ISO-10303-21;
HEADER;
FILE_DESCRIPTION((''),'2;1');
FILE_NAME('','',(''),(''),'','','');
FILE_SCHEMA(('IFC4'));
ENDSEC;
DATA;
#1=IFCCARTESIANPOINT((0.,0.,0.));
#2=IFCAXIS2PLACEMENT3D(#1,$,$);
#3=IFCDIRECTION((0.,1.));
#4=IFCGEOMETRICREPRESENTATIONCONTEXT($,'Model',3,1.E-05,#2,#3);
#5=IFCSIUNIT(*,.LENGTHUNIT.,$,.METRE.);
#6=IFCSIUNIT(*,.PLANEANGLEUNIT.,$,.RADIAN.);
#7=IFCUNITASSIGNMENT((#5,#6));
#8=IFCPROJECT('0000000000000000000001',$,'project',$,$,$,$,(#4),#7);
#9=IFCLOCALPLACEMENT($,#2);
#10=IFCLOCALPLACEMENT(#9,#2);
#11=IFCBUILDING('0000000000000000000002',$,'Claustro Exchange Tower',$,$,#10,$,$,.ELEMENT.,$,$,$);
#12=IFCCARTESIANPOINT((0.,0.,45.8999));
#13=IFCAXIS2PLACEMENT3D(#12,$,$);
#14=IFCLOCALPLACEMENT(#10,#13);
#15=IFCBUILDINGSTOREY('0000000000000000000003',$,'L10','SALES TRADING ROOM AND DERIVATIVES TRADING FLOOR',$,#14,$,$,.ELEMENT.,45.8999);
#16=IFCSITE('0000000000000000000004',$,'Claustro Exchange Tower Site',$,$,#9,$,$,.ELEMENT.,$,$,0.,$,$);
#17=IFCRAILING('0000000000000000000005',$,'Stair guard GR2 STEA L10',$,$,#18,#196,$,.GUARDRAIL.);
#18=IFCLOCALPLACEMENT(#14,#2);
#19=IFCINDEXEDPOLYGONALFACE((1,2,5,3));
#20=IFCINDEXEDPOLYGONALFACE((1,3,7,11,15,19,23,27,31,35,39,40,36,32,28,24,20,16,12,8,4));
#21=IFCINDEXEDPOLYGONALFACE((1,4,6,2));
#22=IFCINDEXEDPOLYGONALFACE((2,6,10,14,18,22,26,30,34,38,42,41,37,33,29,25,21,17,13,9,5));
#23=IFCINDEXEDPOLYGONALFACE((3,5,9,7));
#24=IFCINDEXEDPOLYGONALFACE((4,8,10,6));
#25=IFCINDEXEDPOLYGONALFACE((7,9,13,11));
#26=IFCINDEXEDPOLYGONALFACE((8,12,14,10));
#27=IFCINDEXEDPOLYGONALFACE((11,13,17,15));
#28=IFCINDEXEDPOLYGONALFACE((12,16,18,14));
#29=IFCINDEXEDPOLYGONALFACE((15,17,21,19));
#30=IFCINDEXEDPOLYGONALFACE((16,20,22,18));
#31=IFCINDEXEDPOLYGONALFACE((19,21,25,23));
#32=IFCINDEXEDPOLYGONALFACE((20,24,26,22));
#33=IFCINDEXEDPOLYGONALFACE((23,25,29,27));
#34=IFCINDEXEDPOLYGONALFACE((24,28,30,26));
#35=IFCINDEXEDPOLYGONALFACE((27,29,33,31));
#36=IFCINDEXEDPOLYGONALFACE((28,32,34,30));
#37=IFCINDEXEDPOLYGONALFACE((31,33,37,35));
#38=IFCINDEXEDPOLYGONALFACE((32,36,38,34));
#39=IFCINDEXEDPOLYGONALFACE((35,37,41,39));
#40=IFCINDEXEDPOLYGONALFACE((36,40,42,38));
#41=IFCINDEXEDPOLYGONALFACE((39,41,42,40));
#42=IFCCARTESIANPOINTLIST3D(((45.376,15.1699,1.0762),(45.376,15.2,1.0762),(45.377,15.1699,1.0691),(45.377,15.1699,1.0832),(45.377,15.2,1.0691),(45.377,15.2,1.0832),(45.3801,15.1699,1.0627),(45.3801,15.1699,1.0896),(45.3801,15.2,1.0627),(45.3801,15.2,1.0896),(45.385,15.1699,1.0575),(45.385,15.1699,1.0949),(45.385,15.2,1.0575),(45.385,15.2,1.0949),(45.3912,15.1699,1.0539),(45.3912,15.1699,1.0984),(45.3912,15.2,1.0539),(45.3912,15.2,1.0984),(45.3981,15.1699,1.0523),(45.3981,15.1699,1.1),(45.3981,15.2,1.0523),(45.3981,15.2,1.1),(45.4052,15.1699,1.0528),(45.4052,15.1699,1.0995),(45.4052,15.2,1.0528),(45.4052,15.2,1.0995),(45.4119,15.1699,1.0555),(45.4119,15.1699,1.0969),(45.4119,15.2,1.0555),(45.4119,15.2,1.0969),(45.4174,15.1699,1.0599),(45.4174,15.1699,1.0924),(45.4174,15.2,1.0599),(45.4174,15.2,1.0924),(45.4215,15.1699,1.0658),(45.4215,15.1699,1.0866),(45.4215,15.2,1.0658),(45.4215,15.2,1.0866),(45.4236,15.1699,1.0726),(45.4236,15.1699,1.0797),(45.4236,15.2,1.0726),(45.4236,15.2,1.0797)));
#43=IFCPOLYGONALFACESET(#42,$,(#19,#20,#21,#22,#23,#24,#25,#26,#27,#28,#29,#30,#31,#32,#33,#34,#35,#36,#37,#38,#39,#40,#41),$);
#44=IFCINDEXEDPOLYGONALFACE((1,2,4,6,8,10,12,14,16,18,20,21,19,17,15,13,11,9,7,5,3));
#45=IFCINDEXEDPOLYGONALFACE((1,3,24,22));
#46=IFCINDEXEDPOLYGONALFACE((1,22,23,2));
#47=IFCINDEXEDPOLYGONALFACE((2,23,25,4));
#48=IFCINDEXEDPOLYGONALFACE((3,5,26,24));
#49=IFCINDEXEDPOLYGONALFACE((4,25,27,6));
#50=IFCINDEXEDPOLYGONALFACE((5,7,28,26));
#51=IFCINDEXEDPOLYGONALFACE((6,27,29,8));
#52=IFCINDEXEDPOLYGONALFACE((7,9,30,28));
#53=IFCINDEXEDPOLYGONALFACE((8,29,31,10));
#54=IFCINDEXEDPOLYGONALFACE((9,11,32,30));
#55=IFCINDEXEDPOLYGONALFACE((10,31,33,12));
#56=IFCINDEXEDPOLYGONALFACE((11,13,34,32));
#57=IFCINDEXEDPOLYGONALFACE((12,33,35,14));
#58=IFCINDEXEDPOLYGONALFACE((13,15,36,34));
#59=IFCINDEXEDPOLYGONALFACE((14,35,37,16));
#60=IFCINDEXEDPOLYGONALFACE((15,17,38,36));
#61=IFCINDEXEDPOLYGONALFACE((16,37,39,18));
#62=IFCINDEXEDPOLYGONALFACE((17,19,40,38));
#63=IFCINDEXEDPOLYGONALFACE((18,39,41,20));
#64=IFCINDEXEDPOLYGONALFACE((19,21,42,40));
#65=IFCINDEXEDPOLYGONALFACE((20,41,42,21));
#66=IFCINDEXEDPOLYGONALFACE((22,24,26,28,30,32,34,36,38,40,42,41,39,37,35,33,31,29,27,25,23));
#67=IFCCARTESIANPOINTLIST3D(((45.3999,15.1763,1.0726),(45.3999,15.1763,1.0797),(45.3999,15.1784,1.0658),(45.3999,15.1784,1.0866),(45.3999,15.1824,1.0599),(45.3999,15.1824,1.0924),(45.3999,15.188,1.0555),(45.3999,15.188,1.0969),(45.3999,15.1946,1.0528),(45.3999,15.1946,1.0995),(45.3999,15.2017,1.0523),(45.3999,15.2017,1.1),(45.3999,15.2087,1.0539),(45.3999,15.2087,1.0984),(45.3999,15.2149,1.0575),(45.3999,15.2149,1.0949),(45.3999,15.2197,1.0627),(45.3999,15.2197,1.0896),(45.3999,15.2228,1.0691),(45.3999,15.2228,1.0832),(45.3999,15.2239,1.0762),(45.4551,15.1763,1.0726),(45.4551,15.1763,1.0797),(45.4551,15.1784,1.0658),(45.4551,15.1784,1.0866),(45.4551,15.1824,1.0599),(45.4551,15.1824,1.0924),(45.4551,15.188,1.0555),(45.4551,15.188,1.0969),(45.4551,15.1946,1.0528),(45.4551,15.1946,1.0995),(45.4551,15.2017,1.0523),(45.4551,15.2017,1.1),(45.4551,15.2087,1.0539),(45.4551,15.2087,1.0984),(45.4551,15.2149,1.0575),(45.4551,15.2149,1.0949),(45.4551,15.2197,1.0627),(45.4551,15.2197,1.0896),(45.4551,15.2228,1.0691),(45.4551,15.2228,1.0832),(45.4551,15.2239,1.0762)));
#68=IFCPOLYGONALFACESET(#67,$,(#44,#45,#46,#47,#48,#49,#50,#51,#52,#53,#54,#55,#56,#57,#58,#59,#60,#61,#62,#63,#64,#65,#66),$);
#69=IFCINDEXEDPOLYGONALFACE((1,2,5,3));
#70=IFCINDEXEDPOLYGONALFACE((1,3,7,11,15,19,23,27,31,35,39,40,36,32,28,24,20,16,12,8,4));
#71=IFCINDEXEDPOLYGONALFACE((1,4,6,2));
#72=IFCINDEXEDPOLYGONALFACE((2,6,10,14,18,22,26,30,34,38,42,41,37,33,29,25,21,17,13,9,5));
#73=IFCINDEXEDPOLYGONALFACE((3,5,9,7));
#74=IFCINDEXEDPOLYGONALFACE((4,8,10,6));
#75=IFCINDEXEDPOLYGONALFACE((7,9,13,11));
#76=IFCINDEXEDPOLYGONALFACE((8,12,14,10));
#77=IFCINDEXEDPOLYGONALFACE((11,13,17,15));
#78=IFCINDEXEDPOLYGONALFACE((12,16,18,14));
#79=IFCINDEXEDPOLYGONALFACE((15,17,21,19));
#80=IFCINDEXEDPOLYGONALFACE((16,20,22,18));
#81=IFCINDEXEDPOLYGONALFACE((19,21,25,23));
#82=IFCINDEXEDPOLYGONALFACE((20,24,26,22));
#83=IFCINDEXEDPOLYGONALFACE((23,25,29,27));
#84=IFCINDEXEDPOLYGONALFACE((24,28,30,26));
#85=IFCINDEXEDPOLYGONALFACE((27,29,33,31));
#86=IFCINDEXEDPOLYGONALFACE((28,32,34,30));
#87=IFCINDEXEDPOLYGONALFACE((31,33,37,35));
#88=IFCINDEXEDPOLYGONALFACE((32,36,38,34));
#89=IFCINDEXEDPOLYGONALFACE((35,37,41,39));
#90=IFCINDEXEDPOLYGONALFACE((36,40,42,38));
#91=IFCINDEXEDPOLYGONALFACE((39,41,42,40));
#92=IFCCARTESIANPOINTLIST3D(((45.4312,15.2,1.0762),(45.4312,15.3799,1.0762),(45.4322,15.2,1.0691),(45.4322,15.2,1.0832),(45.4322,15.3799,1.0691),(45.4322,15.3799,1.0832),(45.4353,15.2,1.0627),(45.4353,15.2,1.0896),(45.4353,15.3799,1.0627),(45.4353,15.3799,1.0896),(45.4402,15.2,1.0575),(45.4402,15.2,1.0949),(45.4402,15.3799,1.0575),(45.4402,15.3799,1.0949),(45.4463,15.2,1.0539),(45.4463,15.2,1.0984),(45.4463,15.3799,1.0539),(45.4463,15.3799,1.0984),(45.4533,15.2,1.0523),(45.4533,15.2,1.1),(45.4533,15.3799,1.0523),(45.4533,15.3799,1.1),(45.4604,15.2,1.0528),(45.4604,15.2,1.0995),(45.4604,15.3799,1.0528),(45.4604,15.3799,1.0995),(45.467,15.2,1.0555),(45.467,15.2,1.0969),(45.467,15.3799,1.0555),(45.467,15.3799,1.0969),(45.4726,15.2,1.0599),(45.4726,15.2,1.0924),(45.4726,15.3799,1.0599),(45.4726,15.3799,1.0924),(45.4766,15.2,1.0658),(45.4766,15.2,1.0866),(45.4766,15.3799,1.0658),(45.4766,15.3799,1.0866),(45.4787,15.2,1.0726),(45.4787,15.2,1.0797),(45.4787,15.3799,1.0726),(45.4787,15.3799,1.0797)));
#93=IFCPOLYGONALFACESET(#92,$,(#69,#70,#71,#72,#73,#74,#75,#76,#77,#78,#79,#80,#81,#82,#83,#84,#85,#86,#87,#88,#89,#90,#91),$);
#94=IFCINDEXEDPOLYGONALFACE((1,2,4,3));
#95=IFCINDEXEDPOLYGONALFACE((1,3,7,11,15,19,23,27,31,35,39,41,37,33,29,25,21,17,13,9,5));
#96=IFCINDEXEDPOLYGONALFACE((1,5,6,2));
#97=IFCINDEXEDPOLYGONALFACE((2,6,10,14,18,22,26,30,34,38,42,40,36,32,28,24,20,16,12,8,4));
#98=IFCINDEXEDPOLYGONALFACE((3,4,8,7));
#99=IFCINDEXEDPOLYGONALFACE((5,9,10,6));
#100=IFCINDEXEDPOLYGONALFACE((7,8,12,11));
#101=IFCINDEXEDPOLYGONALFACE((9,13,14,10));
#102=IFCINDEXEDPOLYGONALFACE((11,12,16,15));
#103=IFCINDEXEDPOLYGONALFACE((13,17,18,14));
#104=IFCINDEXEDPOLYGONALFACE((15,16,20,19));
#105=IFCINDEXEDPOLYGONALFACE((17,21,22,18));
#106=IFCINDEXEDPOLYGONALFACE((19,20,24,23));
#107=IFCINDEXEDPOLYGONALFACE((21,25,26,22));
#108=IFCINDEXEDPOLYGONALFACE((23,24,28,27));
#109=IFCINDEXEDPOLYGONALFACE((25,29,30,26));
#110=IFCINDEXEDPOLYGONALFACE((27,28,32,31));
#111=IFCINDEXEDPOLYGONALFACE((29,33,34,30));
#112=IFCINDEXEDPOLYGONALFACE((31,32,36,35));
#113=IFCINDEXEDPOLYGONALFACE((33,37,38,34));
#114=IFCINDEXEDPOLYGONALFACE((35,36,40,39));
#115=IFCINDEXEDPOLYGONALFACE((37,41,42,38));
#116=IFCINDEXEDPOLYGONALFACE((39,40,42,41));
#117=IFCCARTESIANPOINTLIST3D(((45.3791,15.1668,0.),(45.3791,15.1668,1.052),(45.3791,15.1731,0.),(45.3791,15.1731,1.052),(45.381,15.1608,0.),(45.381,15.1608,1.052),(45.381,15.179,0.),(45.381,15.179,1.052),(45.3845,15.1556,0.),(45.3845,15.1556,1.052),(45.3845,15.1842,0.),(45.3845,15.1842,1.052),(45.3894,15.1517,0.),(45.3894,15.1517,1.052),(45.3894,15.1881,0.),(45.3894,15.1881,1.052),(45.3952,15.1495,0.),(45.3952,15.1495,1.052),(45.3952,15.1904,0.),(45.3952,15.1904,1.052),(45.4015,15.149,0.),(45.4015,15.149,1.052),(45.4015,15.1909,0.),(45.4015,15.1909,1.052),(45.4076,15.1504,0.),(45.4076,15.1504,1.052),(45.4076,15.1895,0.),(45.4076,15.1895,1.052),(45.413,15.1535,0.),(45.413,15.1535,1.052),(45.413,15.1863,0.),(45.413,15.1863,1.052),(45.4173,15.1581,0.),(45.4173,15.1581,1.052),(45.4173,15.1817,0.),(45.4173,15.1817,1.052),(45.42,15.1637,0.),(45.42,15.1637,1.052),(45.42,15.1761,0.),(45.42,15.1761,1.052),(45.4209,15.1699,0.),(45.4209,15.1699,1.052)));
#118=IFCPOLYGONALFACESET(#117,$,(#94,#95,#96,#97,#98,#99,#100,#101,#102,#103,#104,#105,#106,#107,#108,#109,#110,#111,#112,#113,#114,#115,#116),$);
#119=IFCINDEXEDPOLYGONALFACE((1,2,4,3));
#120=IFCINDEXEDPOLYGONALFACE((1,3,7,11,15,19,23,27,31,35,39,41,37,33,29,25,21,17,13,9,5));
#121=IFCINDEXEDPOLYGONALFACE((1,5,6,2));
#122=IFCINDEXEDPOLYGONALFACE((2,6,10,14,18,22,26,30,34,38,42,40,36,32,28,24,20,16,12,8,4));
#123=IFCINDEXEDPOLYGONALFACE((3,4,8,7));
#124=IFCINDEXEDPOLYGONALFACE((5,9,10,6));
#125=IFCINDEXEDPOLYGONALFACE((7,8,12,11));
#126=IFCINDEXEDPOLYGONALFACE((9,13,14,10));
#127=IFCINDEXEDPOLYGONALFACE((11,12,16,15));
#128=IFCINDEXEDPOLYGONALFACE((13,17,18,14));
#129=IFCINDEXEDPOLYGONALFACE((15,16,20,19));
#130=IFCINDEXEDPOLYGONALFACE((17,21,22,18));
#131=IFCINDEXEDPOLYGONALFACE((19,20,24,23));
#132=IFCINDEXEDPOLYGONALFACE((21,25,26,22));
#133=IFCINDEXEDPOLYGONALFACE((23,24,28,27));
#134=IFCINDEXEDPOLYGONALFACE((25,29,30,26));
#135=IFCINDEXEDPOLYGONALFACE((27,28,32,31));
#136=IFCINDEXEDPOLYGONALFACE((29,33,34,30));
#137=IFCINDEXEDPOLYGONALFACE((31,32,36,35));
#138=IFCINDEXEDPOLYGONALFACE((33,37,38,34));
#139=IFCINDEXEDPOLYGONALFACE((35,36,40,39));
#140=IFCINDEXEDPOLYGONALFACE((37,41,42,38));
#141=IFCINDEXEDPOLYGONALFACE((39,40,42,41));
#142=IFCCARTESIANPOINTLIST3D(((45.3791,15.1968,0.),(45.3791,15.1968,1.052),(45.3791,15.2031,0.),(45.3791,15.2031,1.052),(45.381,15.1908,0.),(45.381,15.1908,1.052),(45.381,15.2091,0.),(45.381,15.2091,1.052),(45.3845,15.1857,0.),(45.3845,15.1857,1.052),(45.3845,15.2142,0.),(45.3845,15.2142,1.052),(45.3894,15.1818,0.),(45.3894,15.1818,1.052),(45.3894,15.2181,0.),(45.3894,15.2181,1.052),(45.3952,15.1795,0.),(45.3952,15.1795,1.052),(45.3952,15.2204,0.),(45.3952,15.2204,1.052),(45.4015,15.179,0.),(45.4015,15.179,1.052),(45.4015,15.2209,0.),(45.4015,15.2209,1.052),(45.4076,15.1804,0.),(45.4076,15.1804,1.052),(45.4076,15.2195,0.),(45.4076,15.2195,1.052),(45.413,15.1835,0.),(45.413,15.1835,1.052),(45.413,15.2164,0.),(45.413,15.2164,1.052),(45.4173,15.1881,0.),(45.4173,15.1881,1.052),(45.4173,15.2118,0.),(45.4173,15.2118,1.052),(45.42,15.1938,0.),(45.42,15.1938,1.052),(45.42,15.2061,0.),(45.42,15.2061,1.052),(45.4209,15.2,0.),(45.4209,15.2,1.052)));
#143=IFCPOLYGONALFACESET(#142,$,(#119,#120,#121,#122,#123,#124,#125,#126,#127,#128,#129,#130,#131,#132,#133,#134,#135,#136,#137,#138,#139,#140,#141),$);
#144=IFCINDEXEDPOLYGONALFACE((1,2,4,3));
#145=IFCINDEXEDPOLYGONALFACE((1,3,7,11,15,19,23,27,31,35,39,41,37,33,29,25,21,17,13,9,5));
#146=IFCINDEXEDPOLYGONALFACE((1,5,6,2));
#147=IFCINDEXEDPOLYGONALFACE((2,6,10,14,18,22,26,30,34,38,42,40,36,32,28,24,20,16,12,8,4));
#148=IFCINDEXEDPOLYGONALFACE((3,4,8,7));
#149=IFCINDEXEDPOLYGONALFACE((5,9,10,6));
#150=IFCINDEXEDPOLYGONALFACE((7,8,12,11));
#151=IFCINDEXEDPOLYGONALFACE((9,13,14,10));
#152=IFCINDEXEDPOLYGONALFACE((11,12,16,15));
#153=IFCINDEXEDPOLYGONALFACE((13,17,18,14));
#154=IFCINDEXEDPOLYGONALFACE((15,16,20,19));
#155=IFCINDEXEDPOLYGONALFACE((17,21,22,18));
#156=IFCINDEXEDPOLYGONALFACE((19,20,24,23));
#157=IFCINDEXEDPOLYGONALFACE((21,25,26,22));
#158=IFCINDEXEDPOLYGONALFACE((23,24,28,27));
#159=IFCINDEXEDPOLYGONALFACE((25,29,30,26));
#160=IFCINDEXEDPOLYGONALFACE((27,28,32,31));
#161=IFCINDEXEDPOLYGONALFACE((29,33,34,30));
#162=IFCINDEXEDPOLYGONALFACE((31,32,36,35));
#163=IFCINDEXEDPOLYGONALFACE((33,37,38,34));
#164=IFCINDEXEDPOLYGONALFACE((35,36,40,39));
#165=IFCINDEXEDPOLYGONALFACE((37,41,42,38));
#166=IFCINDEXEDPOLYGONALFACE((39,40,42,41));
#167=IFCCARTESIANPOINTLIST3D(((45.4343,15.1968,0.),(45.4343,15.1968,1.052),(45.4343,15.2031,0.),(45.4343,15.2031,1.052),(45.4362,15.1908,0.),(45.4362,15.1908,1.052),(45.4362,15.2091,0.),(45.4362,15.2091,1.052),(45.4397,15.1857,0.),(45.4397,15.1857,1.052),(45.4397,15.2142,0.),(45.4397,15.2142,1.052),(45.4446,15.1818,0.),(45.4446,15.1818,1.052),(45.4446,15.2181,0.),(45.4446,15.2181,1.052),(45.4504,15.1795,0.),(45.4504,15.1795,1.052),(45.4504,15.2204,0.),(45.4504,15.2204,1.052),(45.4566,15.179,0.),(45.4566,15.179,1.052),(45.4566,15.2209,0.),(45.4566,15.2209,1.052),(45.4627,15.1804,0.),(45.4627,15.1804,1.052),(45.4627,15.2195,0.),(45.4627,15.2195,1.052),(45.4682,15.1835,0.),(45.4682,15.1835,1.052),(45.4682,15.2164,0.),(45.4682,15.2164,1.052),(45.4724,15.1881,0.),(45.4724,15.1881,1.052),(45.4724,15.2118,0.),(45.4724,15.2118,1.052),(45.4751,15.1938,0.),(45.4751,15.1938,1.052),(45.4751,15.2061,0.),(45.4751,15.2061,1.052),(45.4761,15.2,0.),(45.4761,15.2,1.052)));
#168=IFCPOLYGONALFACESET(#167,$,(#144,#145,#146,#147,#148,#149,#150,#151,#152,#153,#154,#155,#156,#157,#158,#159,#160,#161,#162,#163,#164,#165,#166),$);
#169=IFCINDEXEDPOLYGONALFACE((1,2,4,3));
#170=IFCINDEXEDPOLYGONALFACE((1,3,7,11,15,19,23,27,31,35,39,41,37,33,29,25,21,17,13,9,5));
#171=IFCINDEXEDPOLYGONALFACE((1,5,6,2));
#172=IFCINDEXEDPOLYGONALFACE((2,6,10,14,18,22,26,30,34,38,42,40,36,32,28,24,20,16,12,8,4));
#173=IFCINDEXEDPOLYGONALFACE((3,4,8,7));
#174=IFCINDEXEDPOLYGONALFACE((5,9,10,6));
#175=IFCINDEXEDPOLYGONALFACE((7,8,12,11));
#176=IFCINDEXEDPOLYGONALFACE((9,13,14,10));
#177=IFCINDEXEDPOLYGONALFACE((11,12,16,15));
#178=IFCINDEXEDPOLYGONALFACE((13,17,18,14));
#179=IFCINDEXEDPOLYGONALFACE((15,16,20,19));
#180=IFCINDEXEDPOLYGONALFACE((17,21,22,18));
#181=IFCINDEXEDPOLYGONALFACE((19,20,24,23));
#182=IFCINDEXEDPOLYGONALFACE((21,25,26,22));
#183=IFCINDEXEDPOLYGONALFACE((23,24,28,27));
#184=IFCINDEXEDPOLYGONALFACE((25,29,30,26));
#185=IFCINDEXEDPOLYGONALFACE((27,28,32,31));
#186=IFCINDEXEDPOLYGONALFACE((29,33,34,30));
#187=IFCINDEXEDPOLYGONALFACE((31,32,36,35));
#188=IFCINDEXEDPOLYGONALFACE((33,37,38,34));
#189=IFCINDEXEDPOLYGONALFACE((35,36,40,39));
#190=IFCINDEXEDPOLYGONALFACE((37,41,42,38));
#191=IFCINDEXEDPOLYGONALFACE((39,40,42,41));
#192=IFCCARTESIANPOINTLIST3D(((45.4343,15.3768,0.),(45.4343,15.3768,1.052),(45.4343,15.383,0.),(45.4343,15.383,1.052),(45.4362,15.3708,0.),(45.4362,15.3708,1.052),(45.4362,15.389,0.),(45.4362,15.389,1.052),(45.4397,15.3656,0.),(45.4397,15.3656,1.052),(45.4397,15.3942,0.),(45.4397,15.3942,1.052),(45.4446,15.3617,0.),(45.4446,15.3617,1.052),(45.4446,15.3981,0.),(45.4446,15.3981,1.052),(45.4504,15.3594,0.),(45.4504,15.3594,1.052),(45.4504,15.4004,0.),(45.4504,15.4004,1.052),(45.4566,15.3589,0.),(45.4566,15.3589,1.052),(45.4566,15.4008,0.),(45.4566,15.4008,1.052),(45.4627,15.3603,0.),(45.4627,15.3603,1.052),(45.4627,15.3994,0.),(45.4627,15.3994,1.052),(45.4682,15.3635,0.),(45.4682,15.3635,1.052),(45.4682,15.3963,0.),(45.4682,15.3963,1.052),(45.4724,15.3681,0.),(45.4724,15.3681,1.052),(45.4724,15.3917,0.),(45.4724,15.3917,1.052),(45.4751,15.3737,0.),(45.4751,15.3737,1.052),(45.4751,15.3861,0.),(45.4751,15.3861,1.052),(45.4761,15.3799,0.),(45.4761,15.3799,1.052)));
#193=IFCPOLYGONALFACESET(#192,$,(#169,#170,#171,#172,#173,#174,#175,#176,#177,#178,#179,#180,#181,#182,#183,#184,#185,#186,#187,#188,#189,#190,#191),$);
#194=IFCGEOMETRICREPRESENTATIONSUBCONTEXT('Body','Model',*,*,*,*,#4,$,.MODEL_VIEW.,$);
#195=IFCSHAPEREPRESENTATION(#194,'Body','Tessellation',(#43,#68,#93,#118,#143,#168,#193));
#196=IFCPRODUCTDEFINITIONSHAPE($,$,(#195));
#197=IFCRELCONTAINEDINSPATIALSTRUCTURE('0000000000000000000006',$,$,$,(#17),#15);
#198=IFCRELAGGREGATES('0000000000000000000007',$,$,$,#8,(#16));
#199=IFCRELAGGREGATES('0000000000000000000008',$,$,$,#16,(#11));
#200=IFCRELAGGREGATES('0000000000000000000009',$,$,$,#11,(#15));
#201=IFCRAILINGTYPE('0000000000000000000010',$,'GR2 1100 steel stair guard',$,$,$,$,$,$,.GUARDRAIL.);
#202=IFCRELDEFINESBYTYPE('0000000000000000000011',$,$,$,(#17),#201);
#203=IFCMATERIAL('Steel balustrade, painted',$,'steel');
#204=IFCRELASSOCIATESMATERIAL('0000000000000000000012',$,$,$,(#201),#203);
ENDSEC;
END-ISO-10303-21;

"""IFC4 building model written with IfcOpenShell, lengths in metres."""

from ifc_helpers import new_model, si_unit, direction, frame, origin, origin_2d, place, context, subcontext, project, spatial, circle, extrude, material, type_object, element, save


model = new_model("IFC4")

# Units and contexts
model_context = context("Model", 3, precision=1e-05, world=origin(), true_north=direction((0.0, 1.0)))
body_context = subcontext(model_context, "Body", "Model", "MODEL_VIEW")
ifc_project = project(units=[si_unit("LENGTHUNIT", "METRE"), si_unit("PLANEANGLEUNIT", "RADIAN")], contexts=[model_context])

# Site, building, storey
site_placement = place(None, origin())
site = spatial("IfcSite", under=ifc_project, at=site_placement, Name="Claustro Exchange Tower Site", CompositionType="ELEMENT", RefElevation=0.0)
building_placement = place(site_placement, origin())
building = spatial("IfcBuilding", under=site, at=building_placement, Name="Claustro Exchange Tower", CompositionType="ELEMENT")
storey_placement = place(building_placement, frame((0.0, 0.0, 45.8999)))
storey = spatial("IfcBuildingStorey", under=building, at=storey_placement, Name="L10", Description="SALES TRADING ROOM AND DERIVATIVES TRADING FLOOR", CompositionType="ELEMENT", Elevation=45.8999)

# Railing
ifc_material_1 = material(Name="Steel balustrade, painted", Category="steel")
railing_type_1 = type_object("IfcRailingType", Name="GR2 1100 steel stair guard", PredefinedType="GUARDRAIL", material=ifc_material_1)
railing_1_placement = place(storey_placement, frame((45.3999, 15.1699, 0.0)))
element("IfcRailing", 1, at=railing_1_placement, inside=storey, type_object=railing_type_1, Name="Stair guard GR2 STEA L10", PredefinedType="GUARDRAIL", context=body_context, shape_type="SweptSolid", body=[
    extrude(circle(Radius=0.0239, at=origin_2d()), frame((0.0, 0.0, 1.0762), z_axis=(0.0, 1.0, 0.0), x_axis=(-1.0, 0.0, 0.0)), (0.0, 0.0, 1.0), 0.03),
    extrude(circle(Radius=0.0239, at=origin_2d()), frame((0.0, 0.03, 1.0762), z_axis=(1.0, 0.0, 0.0), x_axis=(0.0, 1.0, 0.0)), (0.0, 0.0, 1.0), 0.0552),
    extrude(circle(Radius=0.0239, at=origin_2d()), frame((0.0552, 0.03, 1.0762), z_axis=(0.0, 1.0, 0.0), x_axis=(-1.0, 0.0, 0.0)), (0.0, 0.0, 1.0), 0.1799),
    extrude(circle(Radius=0.021, at=origin_2d()), origin(), (0.0, 0.0, 1.0), 1.052),
    extrude(circle(Radius=0.021, at=origin_2d()), frame((0.0, 0.03, 0.0)), (0.0, 0.0, 1.0), 1.052),
    extrude(circle(Radius=0.021, at=origin_2d()), frame((0.0552, 0.03, 0.0)), (0.0, 0.0, 1.0), 1.052),
    extrude(circle(Radius=0.021, at=origin_2d()), frame((0.0552, 0.21, 0.0)), (0.0, 0.0, 1.0), 1.052),
])

save(model, "model.ifc")
